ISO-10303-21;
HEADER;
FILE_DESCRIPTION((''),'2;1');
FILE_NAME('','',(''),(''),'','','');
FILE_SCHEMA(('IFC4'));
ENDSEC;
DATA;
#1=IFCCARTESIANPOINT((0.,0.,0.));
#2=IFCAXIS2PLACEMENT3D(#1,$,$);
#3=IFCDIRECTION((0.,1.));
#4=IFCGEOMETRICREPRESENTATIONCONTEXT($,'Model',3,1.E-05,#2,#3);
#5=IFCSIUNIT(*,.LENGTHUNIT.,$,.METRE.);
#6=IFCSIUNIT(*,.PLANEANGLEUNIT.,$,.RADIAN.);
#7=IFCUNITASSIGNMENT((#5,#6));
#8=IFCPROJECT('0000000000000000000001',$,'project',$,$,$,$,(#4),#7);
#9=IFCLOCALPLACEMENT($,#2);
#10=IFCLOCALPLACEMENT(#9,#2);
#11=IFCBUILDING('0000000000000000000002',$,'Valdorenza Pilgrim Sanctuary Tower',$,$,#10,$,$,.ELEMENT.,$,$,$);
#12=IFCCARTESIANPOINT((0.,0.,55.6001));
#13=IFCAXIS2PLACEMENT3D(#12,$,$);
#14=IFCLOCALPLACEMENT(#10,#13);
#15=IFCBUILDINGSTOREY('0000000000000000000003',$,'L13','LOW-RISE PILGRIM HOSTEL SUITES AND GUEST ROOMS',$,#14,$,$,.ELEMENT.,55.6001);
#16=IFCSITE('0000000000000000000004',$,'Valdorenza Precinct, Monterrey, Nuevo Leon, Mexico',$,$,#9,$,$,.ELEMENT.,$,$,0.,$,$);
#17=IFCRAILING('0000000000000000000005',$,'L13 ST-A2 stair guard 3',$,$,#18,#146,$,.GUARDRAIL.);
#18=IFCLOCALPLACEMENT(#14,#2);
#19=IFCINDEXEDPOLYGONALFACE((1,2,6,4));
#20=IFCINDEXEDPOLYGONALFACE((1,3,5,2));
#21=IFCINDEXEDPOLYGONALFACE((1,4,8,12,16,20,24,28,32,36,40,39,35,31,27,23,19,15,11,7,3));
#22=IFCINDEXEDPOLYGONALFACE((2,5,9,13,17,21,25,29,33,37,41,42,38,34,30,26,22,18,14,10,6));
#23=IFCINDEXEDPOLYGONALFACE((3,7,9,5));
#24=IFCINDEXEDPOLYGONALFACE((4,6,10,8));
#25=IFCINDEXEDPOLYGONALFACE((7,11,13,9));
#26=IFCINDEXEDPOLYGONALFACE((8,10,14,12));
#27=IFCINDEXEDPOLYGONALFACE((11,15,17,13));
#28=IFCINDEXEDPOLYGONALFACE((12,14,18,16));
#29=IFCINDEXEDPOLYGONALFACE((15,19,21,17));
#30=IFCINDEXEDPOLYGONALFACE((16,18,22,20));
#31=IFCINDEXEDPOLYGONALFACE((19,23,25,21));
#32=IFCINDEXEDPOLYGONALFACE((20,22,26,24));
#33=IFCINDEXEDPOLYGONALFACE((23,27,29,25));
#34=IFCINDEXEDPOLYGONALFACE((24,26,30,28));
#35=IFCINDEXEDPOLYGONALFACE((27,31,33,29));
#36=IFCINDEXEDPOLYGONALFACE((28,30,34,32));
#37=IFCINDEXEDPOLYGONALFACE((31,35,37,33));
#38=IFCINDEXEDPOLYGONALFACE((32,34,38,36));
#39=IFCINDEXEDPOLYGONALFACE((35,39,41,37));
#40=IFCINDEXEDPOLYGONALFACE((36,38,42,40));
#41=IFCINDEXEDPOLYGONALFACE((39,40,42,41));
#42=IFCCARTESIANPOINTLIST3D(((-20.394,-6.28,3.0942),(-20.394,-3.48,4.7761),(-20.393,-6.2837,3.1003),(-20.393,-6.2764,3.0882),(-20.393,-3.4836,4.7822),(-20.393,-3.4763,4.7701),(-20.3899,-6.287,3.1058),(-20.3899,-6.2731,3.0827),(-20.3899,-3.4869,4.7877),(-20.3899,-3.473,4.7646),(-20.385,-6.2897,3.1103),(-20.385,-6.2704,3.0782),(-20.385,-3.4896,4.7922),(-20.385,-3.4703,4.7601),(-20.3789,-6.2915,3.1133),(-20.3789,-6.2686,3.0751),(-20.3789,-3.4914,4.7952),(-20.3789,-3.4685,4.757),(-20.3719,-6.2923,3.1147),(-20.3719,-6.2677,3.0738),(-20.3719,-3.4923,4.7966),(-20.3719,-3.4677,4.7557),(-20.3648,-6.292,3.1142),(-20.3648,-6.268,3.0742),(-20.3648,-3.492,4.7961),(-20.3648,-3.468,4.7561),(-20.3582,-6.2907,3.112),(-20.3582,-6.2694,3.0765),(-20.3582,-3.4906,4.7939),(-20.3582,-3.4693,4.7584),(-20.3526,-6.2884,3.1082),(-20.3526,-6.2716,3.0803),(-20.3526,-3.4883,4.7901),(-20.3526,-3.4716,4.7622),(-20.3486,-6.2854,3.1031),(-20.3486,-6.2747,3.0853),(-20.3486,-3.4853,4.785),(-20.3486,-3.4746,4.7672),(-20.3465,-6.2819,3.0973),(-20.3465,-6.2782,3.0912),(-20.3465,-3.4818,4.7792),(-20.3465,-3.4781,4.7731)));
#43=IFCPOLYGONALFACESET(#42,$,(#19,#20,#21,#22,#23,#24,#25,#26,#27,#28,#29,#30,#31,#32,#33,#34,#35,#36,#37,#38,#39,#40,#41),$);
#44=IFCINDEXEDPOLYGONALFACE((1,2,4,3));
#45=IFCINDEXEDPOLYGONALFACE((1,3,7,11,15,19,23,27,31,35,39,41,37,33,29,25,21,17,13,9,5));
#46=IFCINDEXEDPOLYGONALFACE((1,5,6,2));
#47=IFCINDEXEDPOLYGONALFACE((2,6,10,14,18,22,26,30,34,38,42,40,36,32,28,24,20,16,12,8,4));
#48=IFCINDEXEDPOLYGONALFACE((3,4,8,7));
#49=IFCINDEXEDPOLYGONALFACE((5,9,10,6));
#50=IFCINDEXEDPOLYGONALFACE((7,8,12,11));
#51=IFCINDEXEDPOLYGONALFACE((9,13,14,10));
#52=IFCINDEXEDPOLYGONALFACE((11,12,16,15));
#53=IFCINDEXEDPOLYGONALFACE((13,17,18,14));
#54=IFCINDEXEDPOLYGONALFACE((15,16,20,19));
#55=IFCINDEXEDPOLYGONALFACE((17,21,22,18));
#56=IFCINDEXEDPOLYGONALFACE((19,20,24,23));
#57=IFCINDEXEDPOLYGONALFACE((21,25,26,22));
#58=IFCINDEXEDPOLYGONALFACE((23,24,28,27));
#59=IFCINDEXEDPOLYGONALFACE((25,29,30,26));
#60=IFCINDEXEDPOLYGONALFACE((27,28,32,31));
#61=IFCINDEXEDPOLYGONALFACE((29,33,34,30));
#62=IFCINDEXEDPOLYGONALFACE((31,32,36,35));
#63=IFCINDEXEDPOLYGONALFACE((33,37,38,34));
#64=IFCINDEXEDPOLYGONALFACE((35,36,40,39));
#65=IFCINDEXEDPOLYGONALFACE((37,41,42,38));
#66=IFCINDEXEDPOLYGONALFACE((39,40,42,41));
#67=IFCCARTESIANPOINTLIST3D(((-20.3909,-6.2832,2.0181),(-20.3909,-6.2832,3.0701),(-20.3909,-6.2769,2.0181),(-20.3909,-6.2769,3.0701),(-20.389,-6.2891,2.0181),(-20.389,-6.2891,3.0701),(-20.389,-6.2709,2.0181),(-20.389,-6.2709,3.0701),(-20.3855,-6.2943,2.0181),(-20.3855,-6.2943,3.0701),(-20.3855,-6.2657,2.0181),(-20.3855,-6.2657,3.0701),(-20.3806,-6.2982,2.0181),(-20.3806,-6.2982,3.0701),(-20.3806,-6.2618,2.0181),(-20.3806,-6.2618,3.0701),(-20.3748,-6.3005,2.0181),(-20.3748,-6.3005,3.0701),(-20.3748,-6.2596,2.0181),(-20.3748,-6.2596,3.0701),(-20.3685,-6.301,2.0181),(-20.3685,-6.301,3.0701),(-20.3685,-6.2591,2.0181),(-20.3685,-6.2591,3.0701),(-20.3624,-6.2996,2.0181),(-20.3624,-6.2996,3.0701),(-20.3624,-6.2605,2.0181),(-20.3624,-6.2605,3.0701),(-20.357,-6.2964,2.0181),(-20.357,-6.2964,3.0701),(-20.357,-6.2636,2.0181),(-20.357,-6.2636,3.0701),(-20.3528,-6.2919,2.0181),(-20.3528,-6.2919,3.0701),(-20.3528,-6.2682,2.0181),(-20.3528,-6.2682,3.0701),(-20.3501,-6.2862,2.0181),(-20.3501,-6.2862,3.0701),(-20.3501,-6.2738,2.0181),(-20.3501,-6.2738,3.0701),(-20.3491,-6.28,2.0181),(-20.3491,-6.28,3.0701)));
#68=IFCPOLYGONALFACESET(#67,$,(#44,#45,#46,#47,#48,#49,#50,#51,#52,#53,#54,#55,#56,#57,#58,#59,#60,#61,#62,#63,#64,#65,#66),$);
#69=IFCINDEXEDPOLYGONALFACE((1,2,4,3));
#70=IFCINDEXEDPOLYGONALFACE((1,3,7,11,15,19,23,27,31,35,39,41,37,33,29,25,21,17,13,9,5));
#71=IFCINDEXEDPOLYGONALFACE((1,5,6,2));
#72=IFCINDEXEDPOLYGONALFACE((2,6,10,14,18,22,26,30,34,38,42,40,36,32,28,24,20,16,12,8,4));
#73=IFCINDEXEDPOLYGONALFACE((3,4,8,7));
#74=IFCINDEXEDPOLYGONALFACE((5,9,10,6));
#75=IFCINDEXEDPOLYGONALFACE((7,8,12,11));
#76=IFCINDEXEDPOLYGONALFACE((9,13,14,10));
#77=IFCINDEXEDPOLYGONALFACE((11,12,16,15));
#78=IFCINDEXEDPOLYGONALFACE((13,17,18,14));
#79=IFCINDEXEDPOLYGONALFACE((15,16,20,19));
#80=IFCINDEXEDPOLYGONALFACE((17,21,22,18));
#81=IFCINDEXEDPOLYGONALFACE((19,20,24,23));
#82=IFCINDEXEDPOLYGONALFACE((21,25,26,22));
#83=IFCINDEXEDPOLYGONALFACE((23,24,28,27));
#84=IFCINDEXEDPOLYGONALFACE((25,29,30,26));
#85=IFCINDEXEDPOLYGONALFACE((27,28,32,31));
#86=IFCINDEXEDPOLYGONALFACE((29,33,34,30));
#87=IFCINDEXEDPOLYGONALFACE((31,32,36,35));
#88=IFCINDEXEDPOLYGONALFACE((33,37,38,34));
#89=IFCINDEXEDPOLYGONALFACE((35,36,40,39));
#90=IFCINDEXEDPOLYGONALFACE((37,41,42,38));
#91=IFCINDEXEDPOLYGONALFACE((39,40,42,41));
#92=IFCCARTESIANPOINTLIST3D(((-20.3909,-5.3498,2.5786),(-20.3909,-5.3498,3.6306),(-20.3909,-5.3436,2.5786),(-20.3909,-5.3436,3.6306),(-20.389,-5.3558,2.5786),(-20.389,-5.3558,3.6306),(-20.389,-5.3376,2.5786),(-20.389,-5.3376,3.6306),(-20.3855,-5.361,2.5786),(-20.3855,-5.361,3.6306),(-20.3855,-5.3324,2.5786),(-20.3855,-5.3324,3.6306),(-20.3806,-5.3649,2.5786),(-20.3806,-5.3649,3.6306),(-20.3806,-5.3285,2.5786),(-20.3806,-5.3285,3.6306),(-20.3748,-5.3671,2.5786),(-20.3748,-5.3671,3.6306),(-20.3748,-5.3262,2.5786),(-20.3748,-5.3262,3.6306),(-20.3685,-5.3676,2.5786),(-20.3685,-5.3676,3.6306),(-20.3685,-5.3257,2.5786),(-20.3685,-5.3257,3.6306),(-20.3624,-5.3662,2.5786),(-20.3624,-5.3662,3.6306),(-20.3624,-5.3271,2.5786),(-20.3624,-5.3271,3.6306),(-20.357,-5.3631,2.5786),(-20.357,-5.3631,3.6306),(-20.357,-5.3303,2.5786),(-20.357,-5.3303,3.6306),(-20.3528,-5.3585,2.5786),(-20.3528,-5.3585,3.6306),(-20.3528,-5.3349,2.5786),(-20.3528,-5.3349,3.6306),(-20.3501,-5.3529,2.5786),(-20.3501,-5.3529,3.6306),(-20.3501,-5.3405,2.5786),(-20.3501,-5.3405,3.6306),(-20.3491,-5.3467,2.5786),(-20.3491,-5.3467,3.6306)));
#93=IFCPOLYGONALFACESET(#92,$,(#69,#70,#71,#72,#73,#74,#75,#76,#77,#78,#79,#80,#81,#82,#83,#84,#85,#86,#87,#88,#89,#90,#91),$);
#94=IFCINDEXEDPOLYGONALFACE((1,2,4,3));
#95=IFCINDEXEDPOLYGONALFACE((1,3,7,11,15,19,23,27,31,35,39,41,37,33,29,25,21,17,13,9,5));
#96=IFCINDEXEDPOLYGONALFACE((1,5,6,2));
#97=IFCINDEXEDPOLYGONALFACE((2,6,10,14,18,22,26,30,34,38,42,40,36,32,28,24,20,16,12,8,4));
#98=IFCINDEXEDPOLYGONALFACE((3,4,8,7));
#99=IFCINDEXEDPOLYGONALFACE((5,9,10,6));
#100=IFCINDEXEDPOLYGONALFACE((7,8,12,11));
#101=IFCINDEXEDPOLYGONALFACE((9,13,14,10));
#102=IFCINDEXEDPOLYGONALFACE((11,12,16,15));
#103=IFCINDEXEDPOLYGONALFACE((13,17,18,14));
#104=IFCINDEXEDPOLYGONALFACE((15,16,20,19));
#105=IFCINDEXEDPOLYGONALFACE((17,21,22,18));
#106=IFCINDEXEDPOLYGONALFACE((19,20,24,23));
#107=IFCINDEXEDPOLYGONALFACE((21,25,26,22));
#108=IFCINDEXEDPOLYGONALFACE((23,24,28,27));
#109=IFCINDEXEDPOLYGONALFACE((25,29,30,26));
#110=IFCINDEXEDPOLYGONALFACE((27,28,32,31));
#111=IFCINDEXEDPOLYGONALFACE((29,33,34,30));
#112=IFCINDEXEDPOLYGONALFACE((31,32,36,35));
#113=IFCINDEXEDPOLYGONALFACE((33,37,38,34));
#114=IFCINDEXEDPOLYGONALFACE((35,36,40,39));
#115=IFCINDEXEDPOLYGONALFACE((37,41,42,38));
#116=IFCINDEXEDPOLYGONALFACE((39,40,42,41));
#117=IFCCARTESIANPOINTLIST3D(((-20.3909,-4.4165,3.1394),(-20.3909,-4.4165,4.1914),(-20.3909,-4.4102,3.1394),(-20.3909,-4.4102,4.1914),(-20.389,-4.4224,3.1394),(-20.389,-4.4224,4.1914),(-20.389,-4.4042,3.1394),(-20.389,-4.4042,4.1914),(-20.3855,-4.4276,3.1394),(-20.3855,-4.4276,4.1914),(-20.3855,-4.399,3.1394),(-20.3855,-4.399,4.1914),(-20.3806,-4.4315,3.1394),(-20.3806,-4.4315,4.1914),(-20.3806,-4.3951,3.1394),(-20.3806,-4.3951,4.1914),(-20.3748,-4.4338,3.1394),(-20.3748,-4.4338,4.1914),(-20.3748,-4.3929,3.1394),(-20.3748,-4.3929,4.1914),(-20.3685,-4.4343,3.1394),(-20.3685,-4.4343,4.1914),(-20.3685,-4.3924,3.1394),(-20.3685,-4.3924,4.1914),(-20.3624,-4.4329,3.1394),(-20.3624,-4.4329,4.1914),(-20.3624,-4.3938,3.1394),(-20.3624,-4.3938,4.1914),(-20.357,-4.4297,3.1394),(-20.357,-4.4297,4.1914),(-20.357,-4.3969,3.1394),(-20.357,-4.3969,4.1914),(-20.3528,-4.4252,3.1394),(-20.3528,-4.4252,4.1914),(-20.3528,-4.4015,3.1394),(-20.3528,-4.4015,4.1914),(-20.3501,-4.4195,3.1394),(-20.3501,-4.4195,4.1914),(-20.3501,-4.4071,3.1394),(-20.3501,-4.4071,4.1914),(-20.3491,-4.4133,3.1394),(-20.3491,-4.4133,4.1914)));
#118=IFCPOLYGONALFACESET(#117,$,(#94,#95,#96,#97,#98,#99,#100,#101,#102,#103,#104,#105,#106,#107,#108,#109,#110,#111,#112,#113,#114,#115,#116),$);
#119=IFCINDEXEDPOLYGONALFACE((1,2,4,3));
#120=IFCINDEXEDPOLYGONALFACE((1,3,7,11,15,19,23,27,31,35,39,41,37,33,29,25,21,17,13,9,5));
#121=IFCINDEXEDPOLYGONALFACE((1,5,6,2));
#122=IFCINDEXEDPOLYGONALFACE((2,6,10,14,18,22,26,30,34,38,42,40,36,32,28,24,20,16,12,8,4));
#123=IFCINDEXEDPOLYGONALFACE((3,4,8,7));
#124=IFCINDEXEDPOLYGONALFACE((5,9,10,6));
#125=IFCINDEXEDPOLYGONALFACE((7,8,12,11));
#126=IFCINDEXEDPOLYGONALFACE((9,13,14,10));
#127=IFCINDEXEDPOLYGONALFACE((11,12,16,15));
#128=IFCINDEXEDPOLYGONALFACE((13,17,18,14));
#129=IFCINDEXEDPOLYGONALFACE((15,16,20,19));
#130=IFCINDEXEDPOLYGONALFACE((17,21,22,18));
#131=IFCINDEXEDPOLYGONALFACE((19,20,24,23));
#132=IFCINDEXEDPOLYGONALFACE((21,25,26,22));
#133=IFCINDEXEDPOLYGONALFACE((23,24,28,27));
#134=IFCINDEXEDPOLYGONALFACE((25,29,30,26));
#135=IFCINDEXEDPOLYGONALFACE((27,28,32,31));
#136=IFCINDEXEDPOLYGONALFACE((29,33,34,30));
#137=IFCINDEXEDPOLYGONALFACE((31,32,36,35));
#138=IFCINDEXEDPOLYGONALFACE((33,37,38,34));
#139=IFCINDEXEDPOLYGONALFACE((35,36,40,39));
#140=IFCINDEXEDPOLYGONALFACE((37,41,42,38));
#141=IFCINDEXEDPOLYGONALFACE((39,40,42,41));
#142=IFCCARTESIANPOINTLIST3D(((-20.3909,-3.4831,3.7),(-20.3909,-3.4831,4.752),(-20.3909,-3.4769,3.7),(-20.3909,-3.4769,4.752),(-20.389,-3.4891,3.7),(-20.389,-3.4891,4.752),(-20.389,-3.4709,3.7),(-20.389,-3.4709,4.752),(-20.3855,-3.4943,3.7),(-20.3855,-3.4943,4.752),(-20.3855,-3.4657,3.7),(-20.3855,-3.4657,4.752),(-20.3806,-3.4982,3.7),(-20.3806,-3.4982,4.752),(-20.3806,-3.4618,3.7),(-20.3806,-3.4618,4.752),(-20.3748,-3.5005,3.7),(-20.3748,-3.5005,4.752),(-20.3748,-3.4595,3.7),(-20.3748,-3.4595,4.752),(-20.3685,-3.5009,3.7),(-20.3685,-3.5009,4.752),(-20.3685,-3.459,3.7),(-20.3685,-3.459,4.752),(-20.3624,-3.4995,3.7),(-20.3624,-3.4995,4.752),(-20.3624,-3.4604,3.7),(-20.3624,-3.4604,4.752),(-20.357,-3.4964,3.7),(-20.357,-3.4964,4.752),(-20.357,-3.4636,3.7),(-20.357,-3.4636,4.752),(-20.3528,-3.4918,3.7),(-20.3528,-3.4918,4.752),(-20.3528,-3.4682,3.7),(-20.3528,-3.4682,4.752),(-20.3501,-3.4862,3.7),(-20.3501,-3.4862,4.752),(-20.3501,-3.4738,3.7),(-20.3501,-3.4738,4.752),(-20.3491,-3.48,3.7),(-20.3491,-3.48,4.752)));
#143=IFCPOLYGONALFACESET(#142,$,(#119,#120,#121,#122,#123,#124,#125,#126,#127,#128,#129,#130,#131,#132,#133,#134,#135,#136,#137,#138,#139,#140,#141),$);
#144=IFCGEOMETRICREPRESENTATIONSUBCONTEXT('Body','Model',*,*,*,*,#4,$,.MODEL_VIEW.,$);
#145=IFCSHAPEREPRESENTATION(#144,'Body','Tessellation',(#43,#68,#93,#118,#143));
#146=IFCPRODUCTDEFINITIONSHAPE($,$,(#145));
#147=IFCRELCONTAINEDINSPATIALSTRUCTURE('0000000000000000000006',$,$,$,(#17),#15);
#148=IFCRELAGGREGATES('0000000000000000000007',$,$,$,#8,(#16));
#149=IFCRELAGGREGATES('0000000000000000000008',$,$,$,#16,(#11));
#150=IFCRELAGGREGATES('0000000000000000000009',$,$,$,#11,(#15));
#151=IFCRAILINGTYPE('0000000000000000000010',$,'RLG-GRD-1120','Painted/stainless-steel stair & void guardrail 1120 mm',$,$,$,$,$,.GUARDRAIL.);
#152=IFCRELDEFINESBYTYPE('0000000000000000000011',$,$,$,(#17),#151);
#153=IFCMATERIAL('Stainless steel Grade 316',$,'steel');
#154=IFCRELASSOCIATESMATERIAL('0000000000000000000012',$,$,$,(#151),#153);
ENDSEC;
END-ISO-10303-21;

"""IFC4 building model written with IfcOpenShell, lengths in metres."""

from ifc_helpers import new_model, si_unit, direction, frame, origin, origin_2d, place, context, subcontext, project, spatial, circle, extrude, material, type_object, element, save


model = new_model("IFC4")

# Units and contexts
model_context = context("Model", 3, precision=1e-05, world=origin(), true_north=direction((0.0, 1.0)))
body_context = subcontext(model_context, "Body", "Model", "MODEL_VIEW")
ifc_project = project(units=[si_unit("LENGTHUNIT", "METRE"), si_unit("PLANEANGLEUNIT", "RADIAN")], contexts=[model_context])

# Site, building, storey
site_placement = place(None, origin())
site = spatial("IfcSite", under=ifc_project, at=site_placement, Name="Valdorenza Precinct, Monterrey, Nuevo Leon, Mexico", CompositionType="ELEMENT", RefElevation=0.0)
building_placement = place(site_placement, origin())
building = spatial("IfcBuilding", under=site, at=building_placement, Name="Valdorenza Pilgrim Sanctuary Tower", CompositionType="ELEMENT")
storey_placement = place(building_placement, frame((0.0, 0.0, 55.6001)))
storey = spatial("IfcBuildingStorey", under=building, at=storey_placement, Name="L13", Description="LOW-RISE PILGRIM HOSTEL SUITES AND GUEST ROOMS", CompositionType="ELEMENT", Elevation=55.6001)

# Railing
ifc_material_1 = material(Name="Stainless steel Grade 316", Category="steel")
railing_type_1 = type_object("IfcRailingType", Name="RLG-GRD-1120", Description="Painted/stainless-steel stair & void guardrail 1120 mm", PredefinedType="GUARDRAIL", material=ifc_material_1)
railing_1_placement = place(storey_placement, frame((-20.3701, -6.28, 2.0181)))
element("IfcRailing", 1, at=railing_1_placement, inside=storey, type_object=railing_type_1, Name="L13 ST-A2 stair guard 3", PredefinedType="GUARDRAIL", context=body_context, shape_type="SweptSolid", body=[
    extrude(circle(Radius=0.0239, at=origin_2d()), frame((0.0, 0.0, 1.0762), z_axis=(0.0, 0.857242, 0.514913), x_axis=(-1.0, 0.0, 0.0)), (0.0, 0.0, 1.0), 3.2664),
    extrude(circle(Radius=0.021, at=origin_2d()), origin(), (0.0, 0.0, 1.0), 1.052),
    extrude(circle(Radius=0.021, at=origin_2d()), frame((0.0, 0.9333, 0.5605)), (0.0, 0.0, 1.0), 1.052),
    extrude(circle(Radius=0.021, at=origin_2d()), frame((0.0, 1.8667, 1.1213)), (0.0, 0.0, 1.0), 1.052),
    extrude(circle(Radius=0.021, at=origin_2d()), frame((0.0, 2.8, 1.6819)), (0.0, 0.0, 1.0), 1.052),
])

save(model, "model.ifc")
